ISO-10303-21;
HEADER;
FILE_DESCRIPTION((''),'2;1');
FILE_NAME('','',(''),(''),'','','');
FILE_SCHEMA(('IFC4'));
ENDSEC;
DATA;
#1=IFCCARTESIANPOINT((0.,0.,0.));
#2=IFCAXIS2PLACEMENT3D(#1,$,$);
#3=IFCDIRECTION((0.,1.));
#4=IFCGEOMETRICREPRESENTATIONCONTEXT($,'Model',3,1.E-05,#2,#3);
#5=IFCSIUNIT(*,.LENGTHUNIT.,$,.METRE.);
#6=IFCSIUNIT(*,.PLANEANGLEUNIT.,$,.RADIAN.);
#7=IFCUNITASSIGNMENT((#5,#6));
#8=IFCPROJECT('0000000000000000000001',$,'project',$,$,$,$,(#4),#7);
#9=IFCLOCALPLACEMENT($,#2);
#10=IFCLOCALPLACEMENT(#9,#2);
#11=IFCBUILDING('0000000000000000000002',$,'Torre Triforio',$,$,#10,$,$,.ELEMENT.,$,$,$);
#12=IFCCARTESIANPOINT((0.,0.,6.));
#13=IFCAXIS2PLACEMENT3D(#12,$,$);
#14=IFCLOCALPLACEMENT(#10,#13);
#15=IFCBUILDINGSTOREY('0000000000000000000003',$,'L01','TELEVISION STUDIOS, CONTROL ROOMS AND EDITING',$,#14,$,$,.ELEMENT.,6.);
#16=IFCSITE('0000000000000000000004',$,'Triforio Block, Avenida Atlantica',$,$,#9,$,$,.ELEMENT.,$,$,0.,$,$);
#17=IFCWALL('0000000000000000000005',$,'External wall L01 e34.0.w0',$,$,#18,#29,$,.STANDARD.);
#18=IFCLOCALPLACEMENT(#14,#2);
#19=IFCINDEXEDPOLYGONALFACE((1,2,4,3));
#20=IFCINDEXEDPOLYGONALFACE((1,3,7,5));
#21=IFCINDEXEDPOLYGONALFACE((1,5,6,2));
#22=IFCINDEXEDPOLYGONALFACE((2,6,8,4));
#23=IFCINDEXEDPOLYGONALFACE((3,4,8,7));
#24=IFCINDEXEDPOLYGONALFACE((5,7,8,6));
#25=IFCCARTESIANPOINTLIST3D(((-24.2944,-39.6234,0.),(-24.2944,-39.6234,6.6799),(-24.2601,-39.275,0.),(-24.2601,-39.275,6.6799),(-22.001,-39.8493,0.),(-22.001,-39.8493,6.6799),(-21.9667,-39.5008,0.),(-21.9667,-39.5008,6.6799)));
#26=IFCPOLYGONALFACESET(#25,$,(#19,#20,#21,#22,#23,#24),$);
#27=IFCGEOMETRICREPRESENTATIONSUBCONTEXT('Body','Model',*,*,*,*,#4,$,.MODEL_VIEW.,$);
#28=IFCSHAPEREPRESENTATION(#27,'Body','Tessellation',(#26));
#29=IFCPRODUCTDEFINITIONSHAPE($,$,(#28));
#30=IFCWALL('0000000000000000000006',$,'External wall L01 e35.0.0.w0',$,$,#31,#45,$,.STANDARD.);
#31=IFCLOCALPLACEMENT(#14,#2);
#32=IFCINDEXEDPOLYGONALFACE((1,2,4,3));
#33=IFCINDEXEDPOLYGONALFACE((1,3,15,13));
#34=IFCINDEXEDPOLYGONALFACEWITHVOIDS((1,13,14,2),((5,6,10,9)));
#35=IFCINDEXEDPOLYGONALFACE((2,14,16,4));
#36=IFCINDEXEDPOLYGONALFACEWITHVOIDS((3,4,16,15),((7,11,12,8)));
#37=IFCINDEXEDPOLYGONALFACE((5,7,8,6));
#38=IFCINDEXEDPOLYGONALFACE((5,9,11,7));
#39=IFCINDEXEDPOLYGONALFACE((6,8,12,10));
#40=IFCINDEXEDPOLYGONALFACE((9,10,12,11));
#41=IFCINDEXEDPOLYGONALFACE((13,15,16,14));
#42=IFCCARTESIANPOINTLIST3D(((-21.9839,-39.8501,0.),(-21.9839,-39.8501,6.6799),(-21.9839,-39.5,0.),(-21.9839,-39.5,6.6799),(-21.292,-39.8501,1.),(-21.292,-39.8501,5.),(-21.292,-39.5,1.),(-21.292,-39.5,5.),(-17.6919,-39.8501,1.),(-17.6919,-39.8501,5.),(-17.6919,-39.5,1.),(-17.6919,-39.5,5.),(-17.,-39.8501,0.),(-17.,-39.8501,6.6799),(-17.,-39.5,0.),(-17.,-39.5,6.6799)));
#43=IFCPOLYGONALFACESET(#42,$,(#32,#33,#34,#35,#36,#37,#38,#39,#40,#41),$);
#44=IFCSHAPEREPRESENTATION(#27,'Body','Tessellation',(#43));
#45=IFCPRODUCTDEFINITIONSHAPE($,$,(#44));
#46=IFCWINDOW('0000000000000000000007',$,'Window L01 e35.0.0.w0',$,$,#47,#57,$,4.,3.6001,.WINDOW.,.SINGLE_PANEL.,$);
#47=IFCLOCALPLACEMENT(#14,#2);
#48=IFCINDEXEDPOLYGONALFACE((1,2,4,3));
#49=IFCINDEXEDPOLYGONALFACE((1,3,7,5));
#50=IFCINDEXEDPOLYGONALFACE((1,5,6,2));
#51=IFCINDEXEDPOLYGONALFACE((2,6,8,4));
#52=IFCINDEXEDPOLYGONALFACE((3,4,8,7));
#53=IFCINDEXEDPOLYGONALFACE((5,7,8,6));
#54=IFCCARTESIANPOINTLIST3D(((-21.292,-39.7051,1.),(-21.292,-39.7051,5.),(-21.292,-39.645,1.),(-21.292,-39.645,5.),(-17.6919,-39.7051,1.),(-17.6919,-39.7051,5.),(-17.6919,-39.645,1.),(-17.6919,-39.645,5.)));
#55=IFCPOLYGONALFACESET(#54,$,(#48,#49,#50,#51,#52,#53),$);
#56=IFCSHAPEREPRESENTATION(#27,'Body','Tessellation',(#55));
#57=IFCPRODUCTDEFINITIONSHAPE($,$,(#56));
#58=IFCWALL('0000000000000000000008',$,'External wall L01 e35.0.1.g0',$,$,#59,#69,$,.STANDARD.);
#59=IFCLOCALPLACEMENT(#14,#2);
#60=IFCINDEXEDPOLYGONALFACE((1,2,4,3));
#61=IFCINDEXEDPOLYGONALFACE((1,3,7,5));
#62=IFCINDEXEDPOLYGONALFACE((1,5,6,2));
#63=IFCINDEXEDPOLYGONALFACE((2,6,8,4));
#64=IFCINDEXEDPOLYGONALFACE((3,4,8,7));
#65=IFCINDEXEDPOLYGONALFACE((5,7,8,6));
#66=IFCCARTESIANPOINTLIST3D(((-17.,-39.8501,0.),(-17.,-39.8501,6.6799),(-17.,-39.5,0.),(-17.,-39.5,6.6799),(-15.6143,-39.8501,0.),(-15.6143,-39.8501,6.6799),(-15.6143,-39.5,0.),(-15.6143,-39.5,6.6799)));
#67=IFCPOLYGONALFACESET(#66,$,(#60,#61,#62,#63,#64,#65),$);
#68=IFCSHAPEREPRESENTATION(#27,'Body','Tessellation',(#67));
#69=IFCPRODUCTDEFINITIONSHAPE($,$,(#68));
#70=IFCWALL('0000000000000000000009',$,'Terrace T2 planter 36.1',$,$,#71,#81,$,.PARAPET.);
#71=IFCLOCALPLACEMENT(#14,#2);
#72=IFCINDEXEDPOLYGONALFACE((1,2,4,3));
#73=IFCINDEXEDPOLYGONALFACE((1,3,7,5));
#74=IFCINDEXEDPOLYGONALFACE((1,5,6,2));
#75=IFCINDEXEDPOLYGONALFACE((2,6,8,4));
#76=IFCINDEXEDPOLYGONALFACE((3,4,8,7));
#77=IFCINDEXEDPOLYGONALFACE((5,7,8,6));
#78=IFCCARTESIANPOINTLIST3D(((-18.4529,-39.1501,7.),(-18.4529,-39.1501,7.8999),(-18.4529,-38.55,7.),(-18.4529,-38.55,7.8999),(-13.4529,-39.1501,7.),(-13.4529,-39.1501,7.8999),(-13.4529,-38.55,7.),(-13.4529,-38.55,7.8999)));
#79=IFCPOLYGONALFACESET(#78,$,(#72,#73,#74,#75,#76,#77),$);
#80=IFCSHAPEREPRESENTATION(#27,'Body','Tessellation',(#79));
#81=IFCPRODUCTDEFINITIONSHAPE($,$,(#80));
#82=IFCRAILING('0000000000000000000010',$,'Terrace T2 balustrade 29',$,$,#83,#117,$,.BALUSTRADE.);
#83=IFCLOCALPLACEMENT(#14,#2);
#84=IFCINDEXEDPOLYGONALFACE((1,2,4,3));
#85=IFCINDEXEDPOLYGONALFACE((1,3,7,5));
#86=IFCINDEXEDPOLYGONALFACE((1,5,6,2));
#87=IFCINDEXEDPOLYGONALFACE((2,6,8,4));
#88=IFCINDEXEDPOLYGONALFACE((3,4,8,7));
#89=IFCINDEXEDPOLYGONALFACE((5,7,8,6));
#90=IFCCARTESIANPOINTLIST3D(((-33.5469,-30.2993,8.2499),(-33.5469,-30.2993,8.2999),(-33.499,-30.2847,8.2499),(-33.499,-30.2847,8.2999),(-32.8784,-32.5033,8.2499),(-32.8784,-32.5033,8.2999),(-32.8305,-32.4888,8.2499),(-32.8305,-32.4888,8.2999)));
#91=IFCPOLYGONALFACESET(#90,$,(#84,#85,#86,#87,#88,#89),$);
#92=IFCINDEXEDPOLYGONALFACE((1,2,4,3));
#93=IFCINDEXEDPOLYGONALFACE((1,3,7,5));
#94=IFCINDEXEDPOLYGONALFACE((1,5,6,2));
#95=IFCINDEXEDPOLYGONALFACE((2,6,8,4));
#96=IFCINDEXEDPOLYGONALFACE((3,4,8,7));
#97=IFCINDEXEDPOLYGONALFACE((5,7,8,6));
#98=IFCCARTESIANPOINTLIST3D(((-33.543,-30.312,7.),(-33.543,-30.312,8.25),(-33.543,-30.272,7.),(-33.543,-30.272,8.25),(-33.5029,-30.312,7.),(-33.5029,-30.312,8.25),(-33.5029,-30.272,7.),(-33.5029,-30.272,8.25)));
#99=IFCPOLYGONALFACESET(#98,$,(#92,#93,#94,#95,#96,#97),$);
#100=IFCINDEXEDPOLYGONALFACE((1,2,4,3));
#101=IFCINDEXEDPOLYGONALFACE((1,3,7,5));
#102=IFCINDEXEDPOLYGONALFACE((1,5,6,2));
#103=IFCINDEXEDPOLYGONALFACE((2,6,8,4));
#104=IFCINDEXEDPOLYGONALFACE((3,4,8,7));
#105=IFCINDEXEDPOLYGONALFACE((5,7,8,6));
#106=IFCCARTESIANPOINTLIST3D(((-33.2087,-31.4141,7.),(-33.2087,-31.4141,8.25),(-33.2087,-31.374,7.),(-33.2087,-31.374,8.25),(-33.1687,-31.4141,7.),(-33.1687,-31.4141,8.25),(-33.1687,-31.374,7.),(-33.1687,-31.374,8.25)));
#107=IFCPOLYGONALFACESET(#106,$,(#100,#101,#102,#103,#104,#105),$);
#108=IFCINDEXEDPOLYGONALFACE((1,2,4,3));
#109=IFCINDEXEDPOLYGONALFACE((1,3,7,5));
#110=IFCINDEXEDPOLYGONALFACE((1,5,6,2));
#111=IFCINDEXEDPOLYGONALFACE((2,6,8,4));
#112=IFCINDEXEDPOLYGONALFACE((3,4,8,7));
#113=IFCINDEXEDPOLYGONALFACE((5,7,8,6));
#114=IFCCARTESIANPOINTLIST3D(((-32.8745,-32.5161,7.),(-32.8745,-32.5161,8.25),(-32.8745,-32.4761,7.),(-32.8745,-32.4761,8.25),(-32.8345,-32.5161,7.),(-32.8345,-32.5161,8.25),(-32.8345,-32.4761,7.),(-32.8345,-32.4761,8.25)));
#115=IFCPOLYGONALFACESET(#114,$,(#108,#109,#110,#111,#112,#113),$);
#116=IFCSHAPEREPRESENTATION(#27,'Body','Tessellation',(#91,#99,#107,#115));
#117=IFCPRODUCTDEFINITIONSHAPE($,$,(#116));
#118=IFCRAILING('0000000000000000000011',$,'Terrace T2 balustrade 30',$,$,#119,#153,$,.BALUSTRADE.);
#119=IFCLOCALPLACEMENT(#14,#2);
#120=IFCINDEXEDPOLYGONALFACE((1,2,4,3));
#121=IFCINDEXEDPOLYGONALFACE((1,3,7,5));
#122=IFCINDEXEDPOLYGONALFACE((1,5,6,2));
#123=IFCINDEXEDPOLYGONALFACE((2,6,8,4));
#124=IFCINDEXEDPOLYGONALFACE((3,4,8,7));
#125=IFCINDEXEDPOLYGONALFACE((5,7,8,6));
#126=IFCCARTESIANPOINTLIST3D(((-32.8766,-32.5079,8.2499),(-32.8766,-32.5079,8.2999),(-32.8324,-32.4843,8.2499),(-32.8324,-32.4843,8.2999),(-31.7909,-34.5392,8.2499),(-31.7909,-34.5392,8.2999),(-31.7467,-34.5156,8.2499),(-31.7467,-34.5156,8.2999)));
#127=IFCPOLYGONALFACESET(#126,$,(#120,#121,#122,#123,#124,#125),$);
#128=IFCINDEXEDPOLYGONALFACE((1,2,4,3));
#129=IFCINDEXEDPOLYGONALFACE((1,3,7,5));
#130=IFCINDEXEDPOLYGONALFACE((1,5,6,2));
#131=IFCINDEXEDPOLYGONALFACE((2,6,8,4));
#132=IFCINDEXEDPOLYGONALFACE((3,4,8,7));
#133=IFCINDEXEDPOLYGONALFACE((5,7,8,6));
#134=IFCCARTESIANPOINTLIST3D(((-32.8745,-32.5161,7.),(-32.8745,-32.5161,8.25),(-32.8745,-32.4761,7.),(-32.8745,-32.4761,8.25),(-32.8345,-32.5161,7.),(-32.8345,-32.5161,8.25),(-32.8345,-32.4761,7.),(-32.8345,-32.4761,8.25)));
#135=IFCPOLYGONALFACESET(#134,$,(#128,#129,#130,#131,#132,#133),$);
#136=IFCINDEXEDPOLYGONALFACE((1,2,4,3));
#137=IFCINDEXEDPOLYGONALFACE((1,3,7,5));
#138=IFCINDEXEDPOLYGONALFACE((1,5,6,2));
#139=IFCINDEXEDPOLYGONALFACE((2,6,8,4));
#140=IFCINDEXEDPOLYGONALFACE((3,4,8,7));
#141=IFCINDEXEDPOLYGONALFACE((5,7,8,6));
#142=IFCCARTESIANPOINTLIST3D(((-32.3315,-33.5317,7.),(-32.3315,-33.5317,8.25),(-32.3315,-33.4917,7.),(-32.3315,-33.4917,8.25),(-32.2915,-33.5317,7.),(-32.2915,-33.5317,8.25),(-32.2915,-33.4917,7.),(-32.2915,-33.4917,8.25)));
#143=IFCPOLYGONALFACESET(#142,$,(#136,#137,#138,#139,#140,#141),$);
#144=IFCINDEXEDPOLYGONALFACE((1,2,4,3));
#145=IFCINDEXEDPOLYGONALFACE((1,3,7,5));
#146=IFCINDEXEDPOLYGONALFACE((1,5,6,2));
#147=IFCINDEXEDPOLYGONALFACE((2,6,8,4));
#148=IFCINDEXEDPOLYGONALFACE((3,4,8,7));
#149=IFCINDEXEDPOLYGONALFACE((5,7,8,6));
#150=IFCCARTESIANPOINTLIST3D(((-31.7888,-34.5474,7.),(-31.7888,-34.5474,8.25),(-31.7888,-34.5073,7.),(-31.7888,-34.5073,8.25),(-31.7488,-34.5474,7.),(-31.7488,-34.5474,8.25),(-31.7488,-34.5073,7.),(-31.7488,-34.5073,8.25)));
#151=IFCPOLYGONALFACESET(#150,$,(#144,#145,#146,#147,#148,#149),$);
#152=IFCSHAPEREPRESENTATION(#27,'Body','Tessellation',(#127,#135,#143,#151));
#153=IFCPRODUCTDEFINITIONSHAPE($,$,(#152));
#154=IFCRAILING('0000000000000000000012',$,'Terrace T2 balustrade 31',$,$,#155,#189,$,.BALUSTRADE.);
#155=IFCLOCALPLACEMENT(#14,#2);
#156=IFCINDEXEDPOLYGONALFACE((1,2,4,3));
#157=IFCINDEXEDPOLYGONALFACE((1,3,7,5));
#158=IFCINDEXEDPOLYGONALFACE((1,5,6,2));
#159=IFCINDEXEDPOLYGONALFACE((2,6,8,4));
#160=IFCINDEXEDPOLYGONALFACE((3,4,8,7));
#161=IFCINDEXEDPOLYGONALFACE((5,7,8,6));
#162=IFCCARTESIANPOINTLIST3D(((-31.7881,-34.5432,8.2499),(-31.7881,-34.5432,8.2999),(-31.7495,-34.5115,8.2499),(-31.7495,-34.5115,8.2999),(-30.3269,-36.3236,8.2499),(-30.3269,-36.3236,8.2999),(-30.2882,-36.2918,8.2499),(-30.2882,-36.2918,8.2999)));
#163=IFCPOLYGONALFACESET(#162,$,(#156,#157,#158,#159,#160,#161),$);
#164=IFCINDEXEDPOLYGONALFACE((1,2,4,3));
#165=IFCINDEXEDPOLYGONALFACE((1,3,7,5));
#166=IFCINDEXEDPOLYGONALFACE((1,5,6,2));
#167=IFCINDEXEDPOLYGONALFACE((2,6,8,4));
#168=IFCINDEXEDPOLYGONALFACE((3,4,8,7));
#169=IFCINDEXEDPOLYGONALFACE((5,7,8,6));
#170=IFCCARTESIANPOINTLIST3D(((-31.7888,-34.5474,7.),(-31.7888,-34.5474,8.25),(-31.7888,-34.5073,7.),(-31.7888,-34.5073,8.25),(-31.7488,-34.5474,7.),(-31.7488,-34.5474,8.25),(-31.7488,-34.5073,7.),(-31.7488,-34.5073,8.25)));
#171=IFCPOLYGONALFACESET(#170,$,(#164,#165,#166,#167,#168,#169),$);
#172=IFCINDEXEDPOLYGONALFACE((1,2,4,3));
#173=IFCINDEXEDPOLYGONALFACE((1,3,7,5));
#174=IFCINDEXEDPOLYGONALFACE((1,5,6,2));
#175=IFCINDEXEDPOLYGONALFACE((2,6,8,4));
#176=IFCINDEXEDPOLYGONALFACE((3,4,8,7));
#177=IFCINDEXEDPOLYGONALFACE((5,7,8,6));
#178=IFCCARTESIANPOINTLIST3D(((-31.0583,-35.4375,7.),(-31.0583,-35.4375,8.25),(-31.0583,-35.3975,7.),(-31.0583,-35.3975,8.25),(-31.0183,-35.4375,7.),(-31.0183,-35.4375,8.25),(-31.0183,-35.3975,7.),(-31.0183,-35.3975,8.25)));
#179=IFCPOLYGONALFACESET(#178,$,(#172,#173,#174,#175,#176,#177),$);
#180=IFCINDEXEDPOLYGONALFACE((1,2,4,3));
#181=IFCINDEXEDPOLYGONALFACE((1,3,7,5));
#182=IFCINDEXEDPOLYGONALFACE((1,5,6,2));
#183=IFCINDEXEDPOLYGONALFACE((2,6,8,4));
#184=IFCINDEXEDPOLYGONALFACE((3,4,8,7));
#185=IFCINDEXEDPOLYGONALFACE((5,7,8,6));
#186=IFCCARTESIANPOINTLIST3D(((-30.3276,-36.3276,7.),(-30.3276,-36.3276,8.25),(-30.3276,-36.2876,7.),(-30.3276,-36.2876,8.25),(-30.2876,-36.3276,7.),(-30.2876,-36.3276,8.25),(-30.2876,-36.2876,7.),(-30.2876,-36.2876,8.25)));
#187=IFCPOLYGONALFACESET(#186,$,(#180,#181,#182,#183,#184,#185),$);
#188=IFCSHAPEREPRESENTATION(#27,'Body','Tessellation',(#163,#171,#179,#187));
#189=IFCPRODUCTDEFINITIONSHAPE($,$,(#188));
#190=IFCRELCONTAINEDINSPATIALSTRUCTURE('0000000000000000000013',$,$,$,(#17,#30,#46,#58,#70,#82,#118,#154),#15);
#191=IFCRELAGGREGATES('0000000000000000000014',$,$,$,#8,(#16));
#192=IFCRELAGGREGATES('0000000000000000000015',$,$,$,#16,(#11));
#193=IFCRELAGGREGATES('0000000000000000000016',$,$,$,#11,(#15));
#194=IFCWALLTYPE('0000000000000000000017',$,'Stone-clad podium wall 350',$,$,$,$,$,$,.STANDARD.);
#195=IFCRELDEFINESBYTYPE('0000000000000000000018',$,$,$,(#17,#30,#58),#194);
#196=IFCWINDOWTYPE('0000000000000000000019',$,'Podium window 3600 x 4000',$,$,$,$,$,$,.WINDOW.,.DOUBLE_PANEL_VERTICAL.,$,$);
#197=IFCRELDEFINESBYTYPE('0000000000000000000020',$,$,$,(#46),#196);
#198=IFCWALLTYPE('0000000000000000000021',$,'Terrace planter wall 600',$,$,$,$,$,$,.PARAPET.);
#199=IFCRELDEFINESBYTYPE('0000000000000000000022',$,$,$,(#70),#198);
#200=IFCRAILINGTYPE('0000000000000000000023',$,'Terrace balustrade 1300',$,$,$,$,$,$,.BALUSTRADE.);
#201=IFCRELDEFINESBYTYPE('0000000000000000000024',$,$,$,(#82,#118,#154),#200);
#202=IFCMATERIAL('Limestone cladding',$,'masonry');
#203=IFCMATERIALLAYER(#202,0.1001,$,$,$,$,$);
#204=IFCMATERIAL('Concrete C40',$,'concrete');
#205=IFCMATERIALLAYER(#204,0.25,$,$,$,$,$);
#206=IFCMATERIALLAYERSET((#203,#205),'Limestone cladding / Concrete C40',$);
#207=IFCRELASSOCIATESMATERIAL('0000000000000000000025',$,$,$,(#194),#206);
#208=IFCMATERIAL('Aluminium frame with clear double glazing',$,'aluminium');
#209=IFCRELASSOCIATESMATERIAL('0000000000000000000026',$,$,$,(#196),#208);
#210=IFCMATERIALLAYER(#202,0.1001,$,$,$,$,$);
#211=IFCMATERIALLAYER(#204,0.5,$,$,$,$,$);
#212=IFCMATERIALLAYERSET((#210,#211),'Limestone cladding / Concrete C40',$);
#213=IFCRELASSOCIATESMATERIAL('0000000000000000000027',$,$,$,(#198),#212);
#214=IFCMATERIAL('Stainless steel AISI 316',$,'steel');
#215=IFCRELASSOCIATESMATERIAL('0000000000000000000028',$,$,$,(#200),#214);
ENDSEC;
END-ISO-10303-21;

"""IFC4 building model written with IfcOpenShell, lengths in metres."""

from ifc_helpers import new_model, si_unit, direction, frame, frame_2d, origin, origin_2d, place, context, subcontext, project, spatial, rectangle, extrude, material, layer, layer_set, type_object, element, fill, save


model = new_model("IFC4")

# Units and contexts
model_context = context("Model", 3, precision=1e-05, world=origin(), true_north=direction((0.0, 1.0)))
body_context = subcontext(model_context, "Body", "Model", "MODEL_VIEW")
ifc_project = project(units=[si_unit("LENGTHUNIT", "METRE"), si_unit("PLANEANGLEUNIT", "RADIAN")], contexts=[model_context])

# Site, building, storey
site_placement = place(None, origin())
site = spatial("IfcSite", under=ifc_project, at=site_placement, Name="Triforio Block, Avenida Atlantica", CompositionType="ELEMENT", RefElevation=0.0)
building_placement = place(site_placement, origin())
building = spatial("IfcBuilding", under=site, at=building_placement, Name="Torre Triforio", CompositionType="ELEMENT")
storey_placement = place(building_placement, frame((0.0, 0.0, 6.0)))
storey = spatial("IfcBuildingStorey", under=building, at=storey_placement, Name="L01", Description="TELEVISION STUDIOS, CONTROL ROOMS AND EDITING", CompositionType="ELEMENT", Elevation=6.0)

# Wall
ifc_material_1 = material(Name="Limestone cladding", Category="masonry")
ifc_layer_1 = layer(ifc_material_1, 0.1001)
ifc_material_2 = material(Name="Concrete C40", Category="concrete")
ifc_layer_2 = layer(ifc_material_2, 0.25)
ifc_layer_set_1 = layer_set([ifc_layer_1, ifc_layer_2], Name="Limestone cladding / Concrete C40")
wall_type_1 = type_object("IfcWallType", Name="Stone-clad podium wall 350", PredefinedType="STANDARD", material=ifc_layer_set_1)
wall_1_placement = place(storey_placement, frame((-24.2773, -39.4492, 0.0), z_axis=(0.0, 0.0, 1.0), x_axis=(0.995187, -0.097993, 0.0)))
element("IfcWall", 1, at=wall_1_placement, inside=storey, type_object=wall_type_1, Name="External wall L01 e34.0.w0", PredefinedType="STANDARD", context=body_context, shape_type="SweptSolid", body=[
    extrude(rectangle(XDim=2.3044, YDim=0.3501, at=frame_2d((1.1523, 0.0))), origin(), (0.0, 0.0, 1.0), 6.6799),
])

# Wall, opening, window
wall_2_placement = place(storey_placement, frame((-21.9839, -39.675, 0.0), z_axis=(0.0, 0.0, 1.0), x_axis=(1.0, 0.0, 0.0)))
wall_2 = element("IfcWall", 2, at=wall_2_placement, inside=storey, type_object=wall_type_1, Name="External wall L01 e35.0.0.w0", PredefinedType="STANDARD", context=body_context, shape_type="SweptSolid", body=[
    extrude(rectangle(XDim=4.9839, YDim=0.3501, at=frame_2d((2.4919, 0.0))), origin(), (0.0, 0.0, 1.0), 6.6799),
])
opening_1_placement = place(wall_2_placement, frame((0.6919, 0.0, 1.0)))
opening_1 = element("IfcOpeningElement", 3, at=opening_1_placement, cuts=wall_2, PredefinedType="OPENING", context=body_context, shape_type="SweptSolid", body=[
    extrude(rectangle(XDim=3.6001, YDim=4.0, at=frame_2d((1.8, 2.0))), frame((0.0, 0.1851, 0.0), z_axis=(0.0, -1.0, 0.0), x_axis=(1.0, 0.0, 0.0)), (0.0, 0.0, 1.0), 0.3701),
])
ifc_material_3 = material(Name="Aluminium frame with clear double glazing", Category="aluminium")
window_type = type_object("IfcWindowType", Name="Podium window 3600 x 4000", PartitioningType="DOUBLE_PANEL_VERTICAL", PredefinedType="WINDOW", material=ifc_material_3)
window_placement = place(opening_1_placement, origin())
window = element("IfcWindow", 4, at=window_placement, inside=storey, type_object=window_type, Name="Window L01 e35.0.0.w0", OverallHeight=4.0, OverallWidth=3.6001, PartitioningType="SINGLE_PANEL", PredefinedType="WINDOW", context=body_context, shape_type="SweptSolid", body=[
    extrude(rectangle(XDim=3.6001, YDim=4.0, at=frame_2d((1.8, 2.0))), frame((0.0, 0.03, 0.0), z_axis=(0.0, -1.0, 0.0), x_axis=(1.0, 0.0, 0.0)), (0.0, 0.0, 1.0), 0.0601),
])
fill(opening_1, window)

# Walls
wall_3_placement = place(storey_placement, frame((-17.0, -39.675, 0.0), z_axis=(0.0, 0.0, 1.0), x_axis=(1.0, 0.0, 0.0)))
element("IfcWall", 5, at=wall_3_placement, inside=storey, type_object=wall_type_1, Name="External wall L01 e35.0.1.g0", PredefinedType="STANDARD", context=body_context, shape_type="SweptSolid", body=[
    extrude(rectangle(XDim=1.3857, YDim=0.3501, at=frame_2d((0.6929, 0.0))), origin(), (0.0, 0.0, 1.0), 6.6799),
])
ifc_layer_3 = layer(ifc_material_1, 0.1001)
ifc_layer_4 = layer(ifc_material_2, 0.5)
ifc_layer_set_2 = layer_set([ifc_layer_3, ifc_layer_4], Name="Limestone cladding / Concrete C40")
wall_type_2 = type_object("IfcWallType", Name="Terrace planter wall 600", PredefinedType="PARAPET", material=ifc_layer_set_2)
wall_4_placement = place(storey_placement, frame((-18.4529, -38.8501, 7.0), z_axis=(0.0, 0.0, 1.0), x_axis=(1.0, 0.0, 0.0)))
element("IfcWall", 6, at=wall_4_placement, inside=storey, type_object=wall_type_2, Name="Terrace T2 planter 36.1", PredefinedType="PARAPET", context=body_context, shape_type="SweptSolid", body=[
    extrude(rectangle(XDim=5.0, YDim=0.6001, at=frame_2d((2.5, 0.0))), origin(), (0.0, 0.0, 1.0), 0.8999),
])

# Railings
ifc_material_4 = material(Name="Stainless steel AISI 316", Category="steel")
railing_type = type_object("IfcRailingType", Name="Terrace balustrade 1300", PredefinedType="BALUSTRADE", material=ifc_material_4)
railing_1_placement = place(storey_placement, frame((-33.5229, -30.292, 7.0)))
element("IfcRailing", 7, at=railing_1_placement, inside=storey, type_object=railing_type, Name="Terrace T2 balustrade 29", PredefinedType="BALUSTRADE", context=body_context, shape_type="SweptSolid", body=[
    extrude(rectangle(XDim=0.05, YDim=0.05, at=origin_2d()), frame((0.0, 0.0, 1.2749), z_axis=(0.290225, -0.956958, 0.0), x_axis=(0.956958, 0.290225, 0.0)), (0.0, 0.0, 1.0), 2.3032),
    extrude(rectangle(XDim=0.04, YDim=0.04, at=origin_2d()), origin(), (0.0, 0.0, 1.0), 1.25),
    extrude(rectangle(XDim=0.04, YDim=0.04, at=origin_2d()), frame((0.3342, -1.1021, 0.0)), (0.0, 0.0, 1.0), 1.25),
    extrude(rectangle(XDim=0.04, YDim=0.04, at=origin_2d()), frame((0.6685, -2.2041, 0.0)), (0.0, 0.0, 1.0), 1.25),
])
railing_2_placement = place(storey_placement, frame((-32.8545, -32.4961, 7.0)))
element("IfcRailing", 8, at=railing_2_placement, inside=storey, type_object=railing_type, Name="Terrace T2 balustrade 30", PredefinedType="BALUSTRADE", context=body_context, shape_type="SweptSolid", body=[
    extrude(rectangle(XDim=0.05, YDim=0.05, at=origin_2d()), frame((0.0, 0.0, 1.2749), z_axis=(0.471386, -0.881927, 0.0), x_axis=(0.881927, 0.471386, 0.0)), (0.0, 0.0, 1.0), 2.3032),
    extrude(rectangle(XDim=0.04, YDim=0.04, at=origin_2d()), origin(), (0.0, 0.0, 1.0), 1.25),
    extrude(rectangle(XDim=0.04, YDim=0.04, at=origin_2d()), frame((0.543, -1.0156, 0.0)), (0.0, 0.0, 1.0), 1.25),
    extrude(rectangle(XDim=0.04, YDim=0.04, at=origin_2d()), frame((1.0857, -2.0312, 0.0)), (0.0, 0.0, 1.0), 1.25),
])
railing_3_placement = place(storey_placement, frame((-31.7688, -34.5273, 7.0)))
element("IfcRailing", 9, at=railing_3_placement, inside=storey, type_object=railing_type, Name="Terrace T2 balustrade 31", PredefinedType="BALUSTRADE", context=body_context, shape_type="SweptSolid", body=[
    extrude(rectangle(XDim=0.05, YDim=0.05, at=origin_2d()), frame((0.0, 0.0, 1.2749), z_axis=(0.634432, -0.772979, 0.0), x_axis=(0.772979, 0.634432, 0.0)), (0.0, 0.0, 1.0), 2.3032),
    extrude(rectangle(XDim=0.04, YDim=0.04, at=origin_2d()), origin(), (0.0, 0.0, 1.0), 1.25),
    extrude(rectangle(XDim=0.04, YDim=0.04, at=origin_2d()), frame((0.7305, -0.8901, 0.0)), (0.0, 0.0, 1.0), 1.25),
    extrude(rectangle(XDim=0.04, YDim=0.04, at=origin_2d()), frame((1.4612, -1.7803, 0.0)), (0.0, 0.0, 1.0), 1.25),
])

save(model, "model.ifc")
